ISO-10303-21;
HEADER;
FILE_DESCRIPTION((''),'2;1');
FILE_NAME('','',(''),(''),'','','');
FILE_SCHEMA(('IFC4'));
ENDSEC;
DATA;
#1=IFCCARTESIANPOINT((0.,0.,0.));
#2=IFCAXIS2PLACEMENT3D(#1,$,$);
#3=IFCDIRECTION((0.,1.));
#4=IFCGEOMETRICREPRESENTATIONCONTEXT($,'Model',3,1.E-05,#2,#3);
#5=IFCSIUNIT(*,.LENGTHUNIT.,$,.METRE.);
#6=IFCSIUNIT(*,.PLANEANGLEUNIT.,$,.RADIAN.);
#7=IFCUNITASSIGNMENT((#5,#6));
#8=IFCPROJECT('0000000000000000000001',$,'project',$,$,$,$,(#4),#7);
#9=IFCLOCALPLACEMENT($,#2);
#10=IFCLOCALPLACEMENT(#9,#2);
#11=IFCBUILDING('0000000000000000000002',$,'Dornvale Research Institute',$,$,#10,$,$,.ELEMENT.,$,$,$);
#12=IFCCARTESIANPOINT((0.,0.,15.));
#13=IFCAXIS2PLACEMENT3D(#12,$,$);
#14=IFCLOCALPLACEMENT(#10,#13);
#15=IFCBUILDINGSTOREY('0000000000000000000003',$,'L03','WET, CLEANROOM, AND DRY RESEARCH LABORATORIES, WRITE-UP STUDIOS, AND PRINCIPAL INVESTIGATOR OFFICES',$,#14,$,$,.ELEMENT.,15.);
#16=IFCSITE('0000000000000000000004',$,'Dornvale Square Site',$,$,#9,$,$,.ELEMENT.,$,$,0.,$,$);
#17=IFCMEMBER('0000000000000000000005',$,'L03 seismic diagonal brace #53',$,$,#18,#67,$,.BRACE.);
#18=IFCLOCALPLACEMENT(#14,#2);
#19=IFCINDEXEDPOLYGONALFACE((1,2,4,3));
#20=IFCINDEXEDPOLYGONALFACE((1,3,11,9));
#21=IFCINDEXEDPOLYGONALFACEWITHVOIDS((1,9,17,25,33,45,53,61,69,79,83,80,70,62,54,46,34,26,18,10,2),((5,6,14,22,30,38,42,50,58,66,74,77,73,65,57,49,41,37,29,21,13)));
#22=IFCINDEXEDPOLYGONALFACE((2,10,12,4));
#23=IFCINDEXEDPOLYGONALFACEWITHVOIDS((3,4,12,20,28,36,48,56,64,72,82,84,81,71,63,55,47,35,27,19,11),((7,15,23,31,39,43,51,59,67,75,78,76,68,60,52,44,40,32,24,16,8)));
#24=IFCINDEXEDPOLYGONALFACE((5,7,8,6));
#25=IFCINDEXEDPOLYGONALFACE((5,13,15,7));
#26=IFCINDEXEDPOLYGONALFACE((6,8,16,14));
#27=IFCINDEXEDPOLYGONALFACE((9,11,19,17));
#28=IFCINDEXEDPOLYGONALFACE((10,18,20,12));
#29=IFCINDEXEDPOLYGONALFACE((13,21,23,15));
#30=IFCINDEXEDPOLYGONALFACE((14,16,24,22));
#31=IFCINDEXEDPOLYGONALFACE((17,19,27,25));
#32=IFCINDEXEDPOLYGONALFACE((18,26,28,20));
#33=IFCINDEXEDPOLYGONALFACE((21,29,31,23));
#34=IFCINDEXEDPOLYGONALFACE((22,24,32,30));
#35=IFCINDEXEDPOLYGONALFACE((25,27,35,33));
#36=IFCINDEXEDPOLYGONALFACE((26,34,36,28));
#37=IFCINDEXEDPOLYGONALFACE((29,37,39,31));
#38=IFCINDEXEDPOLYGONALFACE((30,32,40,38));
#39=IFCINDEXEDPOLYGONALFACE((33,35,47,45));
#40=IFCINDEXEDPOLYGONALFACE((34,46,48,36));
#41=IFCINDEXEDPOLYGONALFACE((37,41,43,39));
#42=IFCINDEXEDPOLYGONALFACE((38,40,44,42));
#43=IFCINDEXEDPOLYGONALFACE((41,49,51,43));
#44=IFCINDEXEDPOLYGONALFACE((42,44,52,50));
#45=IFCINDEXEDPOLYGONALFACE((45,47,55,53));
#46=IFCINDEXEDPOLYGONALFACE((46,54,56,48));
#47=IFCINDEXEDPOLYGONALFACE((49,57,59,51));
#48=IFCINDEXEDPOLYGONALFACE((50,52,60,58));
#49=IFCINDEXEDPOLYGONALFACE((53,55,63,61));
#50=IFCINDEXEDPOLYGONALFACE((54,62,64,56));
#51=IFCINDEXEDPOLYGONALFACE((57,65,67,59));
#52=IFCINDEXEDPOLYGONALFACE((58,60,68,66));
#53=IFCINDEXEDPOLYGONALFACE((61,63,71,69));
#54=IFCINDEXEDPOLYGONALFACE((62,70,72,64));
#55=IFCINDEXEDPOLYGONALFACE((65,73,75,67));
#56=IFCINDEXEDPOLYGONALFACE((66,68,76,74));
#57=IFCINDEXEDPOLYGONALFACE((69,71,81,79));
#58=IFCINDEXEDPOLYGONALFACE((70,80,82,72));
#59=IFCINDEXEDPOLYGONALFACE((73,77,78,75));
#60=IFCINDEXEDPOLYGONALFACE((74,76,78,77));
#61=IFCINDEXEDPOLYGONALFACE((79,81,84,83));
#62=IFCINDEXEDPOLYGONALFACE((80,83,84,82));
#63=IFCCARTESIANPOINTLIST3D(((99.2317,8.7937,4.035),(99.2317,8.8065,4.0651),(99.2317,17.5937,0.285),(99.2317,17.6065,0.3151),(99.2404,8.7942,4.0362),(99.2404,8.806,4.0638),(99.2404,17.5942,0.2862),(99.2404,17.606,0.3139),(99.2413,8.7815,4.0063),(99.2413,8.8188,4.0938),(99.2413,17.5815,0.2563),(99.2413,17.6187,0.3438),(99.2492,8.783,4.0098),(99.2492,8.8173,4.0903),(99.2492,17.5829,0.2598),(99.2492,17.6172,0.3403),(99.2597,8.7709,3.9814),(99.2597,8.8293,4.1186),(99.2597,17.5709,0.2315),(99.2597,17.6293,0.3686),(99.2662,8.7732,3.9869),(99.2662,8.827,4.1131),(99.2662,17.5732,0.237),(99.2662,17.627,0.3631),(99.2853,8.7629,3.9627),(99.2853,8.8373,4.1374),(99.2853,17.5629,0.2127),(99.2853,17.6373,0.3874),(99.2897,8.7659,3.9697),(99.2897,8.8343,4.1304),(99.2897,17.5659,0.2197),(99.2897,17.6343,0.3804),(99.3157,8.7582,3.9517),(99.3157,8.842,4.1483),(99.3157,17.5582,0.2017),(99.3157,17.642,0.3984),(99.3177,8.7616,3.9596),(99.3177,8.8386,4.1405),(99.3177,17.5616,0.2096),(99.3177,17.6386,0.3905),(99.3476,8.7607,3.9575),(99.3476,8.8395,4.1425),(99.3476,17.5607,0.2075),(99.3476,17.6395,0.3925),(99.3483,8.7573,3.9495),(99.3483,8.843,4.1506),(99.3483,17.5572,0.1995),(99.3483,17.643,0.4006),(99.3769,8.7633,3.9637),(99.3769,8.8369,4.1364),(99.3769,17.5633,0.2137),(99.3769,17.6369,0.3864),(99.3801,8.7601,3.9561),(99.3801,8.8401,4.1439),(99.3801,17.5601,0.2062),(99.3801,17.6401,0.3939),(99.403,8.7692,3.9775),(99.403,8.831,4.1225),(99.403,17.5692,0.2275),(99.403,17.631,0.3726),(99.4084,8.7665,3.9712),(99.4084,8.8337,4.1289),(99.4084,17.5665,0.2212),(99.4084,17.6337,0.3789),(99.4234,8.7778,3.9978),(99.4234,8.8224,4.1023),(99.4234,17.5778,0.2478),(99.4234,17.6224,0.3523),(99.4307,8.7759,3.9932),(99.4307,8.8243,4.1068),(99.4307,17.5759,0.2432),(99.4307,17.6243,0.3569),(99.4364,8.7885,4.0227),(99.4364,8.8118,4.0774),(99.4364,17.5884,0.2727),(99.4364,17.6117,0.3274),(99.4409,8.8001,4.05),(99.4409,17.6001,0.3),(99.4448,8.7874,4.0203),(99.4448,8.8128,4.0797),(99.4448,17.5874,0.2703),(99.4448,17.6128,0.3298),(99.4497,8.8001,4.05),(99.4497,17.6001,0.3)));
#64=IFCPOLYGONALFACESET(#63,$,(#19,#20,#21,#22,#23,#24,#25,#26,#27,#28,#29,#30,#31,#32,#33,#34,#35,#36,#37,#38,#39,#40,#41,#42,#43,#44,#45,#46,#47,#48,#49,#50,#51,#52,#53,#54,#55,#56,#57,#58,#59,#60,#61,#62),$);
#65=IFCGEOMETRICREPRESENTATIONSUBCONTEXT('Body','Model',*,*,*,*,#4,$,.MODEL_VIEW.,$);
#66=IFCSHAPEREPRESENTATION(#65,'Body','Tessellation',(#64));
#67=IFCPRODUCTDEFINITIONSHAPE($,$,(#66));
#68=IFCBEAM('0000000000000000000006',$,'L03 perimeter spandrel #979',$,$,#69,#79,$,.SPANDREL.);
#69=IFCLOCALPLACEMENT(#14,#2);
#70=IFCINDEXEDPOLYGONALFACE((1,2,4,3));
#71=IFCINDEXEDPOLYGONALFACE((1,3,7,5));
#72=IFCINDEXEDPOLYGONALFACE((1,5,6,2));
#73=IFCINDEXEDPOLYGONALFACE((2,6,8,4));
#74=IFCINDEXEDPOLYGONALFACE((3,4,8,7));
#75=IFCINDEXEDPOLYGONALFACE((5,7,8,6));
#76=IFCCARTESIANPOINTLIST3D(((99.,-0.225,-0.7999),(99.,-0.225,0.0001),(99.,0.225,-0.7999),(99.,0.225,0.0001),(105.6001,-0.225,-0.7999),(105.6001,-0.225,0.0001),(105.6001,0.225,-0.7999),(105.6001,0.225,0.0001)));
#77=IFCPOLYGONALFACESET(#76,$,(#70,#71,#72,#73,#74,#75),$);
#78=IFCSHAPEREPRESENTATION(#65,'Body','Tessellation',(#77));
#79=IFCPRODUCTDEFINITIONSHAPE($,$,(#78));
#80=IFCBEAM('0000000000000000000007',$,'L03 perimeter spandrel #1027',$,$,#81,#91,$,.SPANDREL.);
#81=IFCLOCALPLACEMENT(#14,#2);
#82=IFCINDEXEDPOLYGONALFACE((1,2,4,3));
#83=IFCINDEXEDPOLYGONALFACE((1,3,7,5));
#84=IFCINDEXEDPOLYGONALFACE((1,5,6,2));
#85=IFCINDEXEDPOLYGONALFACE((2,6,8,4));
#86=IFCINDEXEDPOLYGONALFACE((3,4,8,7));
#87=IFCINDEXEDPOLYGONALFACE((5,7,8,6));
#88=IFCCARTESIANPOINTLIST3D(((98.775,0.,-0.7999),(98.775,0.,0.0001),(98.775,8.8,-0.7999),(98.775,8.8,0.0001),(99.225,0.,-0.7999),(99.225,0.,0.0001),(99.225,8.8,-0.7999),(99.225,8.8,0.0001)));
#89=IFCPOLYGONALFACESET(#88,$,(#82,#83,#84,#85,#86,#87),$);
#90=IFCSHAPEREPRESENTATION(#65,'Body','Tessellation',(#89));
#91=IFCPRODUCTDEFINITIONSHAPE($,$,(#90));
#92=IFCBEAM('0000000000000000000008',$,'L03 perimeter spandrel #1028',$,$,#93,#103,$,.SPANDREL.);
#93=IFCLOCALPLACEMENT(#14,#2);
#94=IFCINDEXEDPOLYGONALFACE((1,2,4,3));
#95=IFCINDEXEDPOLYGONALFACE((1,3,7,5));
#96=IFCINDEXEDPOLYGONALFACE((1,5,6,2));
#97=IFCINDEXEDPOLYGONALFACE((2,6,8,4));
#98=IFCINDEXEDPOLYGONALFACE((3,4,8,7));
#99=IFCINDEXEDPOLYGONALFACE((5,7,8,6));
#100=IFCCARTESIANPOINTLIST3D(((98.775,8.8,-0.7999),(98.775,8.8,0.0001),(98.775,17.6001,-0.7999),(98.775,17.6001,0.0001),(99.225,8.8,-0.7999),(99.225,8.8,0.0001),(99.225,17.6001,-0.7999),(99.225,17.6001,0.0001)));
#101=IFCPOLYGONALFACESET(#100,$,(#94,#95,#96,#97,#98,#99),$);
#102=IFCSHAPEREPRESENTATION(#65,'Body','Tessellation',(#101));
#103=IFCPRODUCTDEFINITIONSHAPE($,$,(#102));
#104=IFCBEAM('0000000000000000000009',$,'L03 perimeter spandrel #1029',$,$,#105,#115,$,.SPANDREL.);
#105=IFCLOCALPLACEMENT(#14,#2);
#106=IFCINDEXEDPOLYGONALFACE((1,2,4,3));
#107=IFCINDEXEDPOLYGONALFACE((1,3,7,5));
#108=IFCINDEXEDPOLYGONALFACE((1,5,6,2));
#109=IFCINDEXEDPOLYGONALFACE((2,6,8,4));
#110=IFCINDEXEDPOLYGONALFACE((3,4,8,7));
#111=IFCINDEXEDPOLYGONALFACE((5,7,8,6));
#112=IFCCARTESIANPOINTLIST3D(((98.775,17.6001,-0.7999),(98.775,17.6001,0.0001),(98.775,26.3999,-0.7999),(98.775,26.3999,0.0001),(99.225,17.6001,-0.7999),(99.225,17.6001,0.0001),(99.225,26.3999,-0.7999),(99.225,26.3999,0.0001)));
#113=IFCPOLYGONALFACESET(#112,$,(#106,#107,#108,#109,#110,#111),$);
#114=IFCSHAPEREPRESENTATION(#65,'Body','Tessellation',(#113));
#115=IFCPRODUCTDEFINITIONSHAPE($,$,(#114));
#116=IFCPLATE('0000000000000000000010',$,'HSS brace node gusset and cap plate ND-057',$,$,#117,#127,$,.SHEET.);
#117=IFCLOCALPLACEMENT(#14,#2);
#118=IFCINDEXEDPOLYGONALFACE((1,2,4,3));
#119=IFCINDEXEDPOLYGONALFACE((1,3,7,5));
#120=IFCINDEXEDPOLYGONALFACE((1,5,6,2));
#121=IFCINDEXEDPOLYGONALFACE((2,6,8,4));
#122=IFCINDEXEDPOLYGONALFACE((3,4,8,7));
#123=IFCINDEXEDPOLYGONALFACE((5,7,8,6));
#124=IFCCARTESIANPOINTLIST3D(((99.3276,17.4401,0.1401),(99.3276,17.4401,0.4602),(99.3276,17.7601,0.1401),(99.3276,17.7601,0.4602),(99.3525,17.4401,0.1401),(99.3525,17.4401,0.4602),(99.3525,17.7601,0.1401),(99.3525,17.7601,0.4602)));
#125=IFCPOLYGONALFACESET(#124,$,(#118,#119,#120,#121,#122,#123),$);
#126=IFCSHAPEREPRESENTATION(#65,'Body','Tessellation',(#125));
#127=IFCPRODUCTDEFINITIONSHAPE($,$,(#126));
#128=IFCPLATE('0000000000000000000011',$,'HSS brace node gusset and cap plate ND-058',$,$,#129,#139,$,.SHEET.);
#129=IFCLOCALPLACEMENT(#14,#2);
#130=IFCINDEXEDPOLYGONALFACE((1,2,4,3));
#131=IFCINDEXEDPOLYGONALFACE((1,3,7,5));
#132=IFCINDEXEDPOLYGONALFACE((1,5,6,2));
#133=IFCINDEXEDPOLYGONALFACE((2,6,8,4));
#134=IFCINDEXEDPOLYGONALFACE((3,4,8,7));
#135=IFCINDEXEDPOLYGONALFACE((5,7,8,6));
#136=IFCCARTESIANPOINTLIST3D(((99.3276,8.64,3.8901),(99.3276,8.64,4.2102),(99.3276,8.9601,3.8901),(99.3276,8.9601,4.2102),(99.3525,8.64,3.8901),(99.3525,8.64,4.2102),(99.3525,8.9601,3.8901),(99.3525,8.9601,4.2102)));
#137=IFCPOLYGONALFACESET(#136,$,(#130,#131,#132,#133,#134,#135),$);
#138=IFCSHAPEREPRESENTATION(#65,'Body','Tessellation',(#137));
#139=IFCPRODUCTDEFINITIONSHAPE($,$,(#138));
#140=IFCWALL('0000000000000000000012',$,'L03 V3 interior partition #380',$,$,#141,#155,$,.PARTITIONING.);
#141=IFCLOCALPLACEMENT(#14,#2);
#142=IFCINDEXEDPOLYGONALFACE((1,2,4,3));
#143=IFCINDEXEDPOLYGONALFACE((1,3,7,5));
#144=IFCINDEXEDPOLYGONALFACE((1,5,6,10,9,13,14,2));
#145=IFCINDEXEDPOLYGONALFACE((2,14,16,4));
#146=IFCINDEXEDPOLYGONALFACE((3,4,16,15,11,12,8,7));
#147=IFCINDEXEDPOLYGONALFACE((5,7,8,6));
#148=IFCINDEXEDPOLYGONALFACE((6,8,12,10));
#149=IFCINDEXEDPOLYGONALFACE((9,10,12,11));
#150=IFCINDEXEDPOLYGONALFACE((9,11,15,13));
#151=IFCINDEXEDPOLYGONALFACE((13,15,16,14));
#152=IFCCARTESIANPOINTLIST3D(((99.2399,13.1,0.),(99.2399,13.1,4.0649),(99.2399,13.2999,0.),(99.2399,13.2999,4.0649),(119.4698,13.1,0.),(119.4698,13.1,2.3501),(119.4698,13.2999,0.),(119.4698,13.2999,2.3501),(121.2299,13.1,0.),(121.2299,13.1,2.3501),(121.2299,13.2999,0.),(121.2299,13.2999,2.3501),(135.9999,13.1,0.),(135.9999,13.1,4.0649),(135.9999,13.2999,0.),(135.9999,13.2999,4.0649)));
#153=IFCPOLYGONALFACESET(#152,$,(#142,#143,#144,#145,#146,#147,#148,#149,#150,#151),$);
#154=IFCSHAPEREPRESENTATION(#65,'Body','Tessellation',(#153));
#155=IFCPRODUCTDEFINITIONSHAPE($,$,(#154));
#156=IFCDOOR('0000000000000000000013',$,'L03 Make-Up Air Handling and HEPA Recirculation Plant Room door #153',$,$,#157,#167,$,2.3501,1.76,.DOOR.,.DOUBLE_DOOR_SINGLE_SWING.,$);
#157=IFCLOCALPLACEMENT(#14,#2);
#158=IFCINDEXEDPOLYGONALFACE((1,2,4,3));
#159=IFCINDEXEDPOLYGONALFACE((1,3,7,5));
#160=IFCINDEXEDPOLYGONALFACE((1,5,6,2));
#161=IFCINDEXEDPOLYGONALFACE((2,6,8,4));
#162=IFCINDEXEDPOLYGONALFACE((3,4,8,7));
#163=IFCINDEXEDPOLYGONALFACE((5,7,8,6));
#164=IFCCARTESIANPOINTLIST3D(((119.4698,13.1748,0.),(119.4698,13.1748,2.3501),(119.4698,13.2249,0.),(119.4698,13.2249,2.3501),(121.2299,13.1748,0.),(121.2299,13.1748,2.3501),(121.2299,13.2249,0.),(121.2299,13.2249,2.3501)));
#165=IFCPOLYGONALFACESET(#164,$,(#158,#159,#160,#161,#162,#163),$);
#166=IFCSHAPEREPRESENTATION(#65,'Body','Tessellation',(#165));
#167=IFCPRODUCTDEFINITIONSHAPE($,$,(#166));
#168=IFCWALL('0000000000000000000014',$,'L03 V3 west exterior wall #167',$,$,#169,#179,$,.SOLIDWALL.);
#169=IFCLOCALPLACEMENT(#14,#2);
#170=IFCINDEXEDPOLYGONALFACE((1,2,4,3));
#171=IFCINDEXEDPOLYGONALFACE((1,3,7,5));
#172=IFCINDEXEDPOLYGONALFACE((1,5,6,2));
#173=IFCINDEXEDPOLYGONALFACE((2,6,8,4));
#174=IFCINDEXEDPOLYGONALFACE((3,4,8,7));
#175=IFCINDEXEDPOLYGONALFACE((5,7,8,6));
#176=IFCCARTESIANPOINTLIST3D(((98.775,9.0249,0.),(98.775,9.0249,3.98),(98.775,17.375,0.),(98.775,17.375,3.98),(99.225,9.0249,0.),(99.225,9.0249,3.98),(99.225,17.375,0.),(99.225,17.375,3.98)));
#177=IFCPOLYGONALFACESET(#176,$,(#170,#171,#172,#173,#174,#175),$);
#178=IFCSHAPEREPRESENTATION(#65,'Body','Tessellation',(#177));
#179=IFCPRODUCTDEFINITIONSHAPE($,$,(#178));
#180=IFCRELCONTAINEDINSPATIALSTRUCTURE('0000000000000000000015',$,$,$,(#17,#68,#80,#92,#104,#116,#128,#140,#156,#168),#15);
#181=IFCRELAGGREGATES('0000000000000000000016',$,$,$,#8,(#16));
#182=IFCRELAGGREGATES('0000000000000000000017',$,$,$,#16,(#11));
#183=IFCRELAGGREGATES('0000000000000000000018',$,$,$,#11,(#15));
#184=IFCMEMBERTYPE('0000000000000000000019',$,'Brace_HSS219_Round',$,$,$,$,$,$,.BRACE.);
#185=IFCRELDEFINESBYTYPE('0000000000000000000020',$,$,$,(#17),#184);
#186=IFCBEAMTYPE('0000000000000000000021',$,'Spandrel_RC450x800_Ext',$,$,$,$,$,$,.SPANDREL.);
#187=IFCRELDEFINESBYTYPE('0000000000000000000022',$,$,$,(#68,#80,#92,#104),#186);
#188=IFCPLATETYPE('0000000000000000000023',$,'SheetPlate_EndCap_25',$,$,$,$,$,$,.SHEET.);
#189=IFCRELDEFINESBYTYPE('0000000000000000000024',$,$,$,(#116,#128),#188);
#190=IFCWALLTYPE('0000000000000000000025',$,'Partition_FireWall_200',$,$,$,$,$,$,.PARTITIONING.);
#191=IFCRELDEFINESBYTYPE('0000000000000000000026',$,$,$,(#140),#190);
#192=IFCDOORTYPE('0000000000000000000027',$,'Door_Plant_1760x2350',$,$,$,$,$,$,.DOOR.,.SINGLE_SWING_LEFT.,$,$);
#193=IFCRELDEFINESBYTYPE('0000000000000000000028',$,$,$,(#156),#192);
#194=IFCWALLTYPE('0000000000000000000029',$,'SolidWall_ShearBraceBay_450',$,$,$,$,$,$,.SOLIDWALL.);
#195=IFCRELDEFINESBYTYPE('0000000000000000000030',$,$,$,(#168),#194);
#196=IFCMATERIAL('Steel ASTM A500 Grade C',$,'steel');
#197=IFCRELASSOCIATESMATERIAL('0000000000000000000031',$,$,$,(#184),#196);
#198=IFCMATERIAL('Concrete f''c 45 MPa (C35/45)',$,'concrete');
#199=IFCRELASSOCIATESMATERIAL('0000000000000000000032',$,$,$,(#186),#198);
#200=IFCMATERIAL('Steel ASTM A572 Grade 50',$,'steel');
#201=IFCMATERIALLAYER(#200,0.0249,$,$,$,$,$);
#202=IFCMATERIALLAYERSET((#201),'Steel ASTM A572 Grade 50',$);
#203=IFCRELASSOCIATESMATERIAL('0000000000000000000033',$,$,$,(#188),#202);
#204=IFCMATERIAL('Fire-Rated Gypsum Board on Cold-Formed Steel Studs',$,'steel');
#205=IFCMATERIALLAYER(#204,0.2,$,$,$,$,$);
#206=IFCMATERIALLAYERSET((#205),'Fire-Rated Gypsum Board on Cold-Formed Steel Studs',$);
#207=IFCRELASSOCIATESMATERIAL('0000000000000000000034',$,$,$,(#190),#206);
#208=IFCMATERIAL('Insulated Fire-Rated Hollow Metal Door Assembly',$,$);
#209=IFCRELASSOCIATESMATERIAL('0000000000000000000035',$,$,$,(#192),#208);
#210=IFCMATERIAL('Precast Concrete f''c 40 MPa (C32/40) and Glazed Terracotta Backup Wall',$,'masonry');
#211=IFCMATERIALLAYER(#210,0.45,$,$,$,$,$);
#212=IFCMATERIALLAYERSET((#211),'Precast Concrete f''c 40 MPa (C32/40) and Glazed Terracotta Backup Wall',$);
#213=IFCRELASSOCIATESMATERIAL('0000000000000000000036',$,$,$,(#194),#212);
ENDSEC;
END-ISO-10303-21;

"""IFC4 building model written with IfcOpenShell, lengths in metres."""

from ifc_helpers import new_model, si_unit, direction, frame, frame_2d, origin, origin_2d, place, context, subcontext, project, spatial, rectangle, hollow_circle, extrude, material, layer, layer_set, material_profile, profile_set, type_object, element, fill, save


model = new_model("IFC4")

# Units and contexts
model_context = context("Model", 3, precision=1e-05, world=origin(), true_north=direction((0.0, 1.0)))
body_context = subcontext(model_context, "Body", "Model", "MODEL_VIEW")
ifc_project = project(units=[si_unit("LENGTHUNIT", "METRE"), si_unit("PLANEANGLEUNIT", "RADIAN")], contexts=[model_context])

# Site, building, storey
site_placement = place(None, origin())
site = spatial("IfcSite", under=ifc_project, at=site_placement, Name="Dornvale Square Site", CompositionType="ELEMENT", RefElevation=0.0)
building_placement = place(site_placement, origin())
building = spatial("IfcBuilding", under=site, at=building_placement, Name="Dornvale Research Institute", CompositionType="ELEMENT")
storey_placement = place(building_placement, frame((0.0, 0.0, 15.0)))
storey = spatial("IfcBuildingStorey", under=building, at=storey_placement, Name="L03", Description="WET, CLEANROOM, AND DRY RESEARCH LABORATORIES, WRITE-UP STUDIOS, AND PRINCIPAL INVESTIGATOR OFFICES", CompositionType="ELEMENT", Elevation=15.0)

# Member
ifc_material_1 = material(Name="Steel ASTM A500 Grade C", Category="steel")
ifc_material_profile_1 = material_profile(ifc_material_1, hollow_circle(Radius=0.1096, WallThickness=0.0088, at=origin_2d()), Name="HSS219X9.5")
ifc_profile_set_1 = profile_set([ifc_material_profile_1], Name="Steel ASTM A500 Grade C")
member_type = type_object("IfcMemberType", Name="Brace_HSS219_Round", PredefinedType="BRACE", material=ifc_profile_set_1)
member_placement = place(storey_placement, frame((99.3401, 17.6001, 0.3), z_axis=(0.0, -0.919955, 0.392024), x_axis=(1.0, 0.0, 0.0)))
element("IfcMember", 1, at=member_placement, inside=storey, type_object=member_type, Name="L03 seismic diagonal brace #53", PredefinedType="BRACE", context=body_context, shape_type="SweptSolid", body=[
    extrude(hollow_circle(Radius=0.1096, WallThickness=0.0088, at=origin_2d()), origin(), (0.0, 0.0, 1.0), 9.5657),
])

# Beams
ifc_material_2 = material(Name="Concrete f'c 45 MPa (C35/45)", Category="concrete")
ifc_material_profile_2 = material_profile(ifc_material_2, rectangle(XDim=0.45, YDim=0.8, at=origin_2d()), Name="RC 450x800")
ifc_profile_set_2 = profile_set([ifc_material_profile_2], Name="Concrete f'c 45 MPa (C35/45)")
beam_type_1 = type_object("IfcBeamType", Name="Spandrel_RC450x800_Ext", PredefinedType="SPANDREL", material=ifc_profile_set_2)
beam_1_placement = place(storey_placement, frame((99.0, 0.0, -0.3999), z_axis=(1.0, 0.0, 0.0), x_axis=(0.0, 1.0, 0.0)))
element("IfcBeam", 2, at=beam_1_placement, inside=storey, type_object=beam_type_1, Name="L03 perimeter spandrel #979", PredefinedType="SPANDREL", context=body_context, shape_type="SweptSolid", body=[
    extrude(rectangle(XDim=0.45, YDim=0.8, at=origin_2d()), origin(), (0.0, 0.0, 1.0), 6.6001),
])
for number, where, z_axis, x_axis, name in (
    (3, (99.0, 0.0, -0.3999), (0.0, 1.0, 0.0), (-1.0, 0.0, 0.0), "L03 perimeter spandrel #1027"),
    (4, (99.0, 8.8, -0.3999), (0.0, 1.0, 0.0), (-1.0, 0.0, 0.0), "L03 perimeter spandrel #1028"),
):
    element("IfcBeam", number, at=place(storey_placement, frame(where, z_axis=z_axis, x_axis=x_axis)), inside=storey, type_object=beam_type_1, Name=name, PredefinedType="SPANDREL", context=body_context, shape_type="SweptSolid", body=[
        extrude(rectangle(XDim=0.45, YDim=0.8, at=origin_2d()), origin(), (0.0, 0.0, 1.0), 8.8),
    ])
beam_2_placement = place(storey_placement, frame((99.0, 17.6001, -0.3999), z_axis=(0.0, 1.0, 0.0), x_axis=(-1.0, 0.0, 0.0)))
element("IfcBeam", 5, at=beam_2_placement, inside=storey, type_object=beam_type_1, Name="L03 perimeter spandrel #1029", PredefinedType="SPANDREL", context=body_context, shape_type="SweptSolid", body=[
    extrude(rectangle(XDim=0.45, YDim=0.8, at=origin_2d()), origin(), (0.0, 0.0, 1.0), 8.7998),
])

# Plates
ifc_material_3 = material(Name="Steel ASTM A572 Grade 50", Category="steel")
ifc_layer_1 = layer(ifc_material_3, 0.0249)
ifc_layer_set_1 = layer_set([ifc_layer_1], Name="Steel ASTM A572 Grade 50")
plate_type = type_object("IfcPlateType", Name="SheetPlate_EndCap_25", PredefinedType="SHEET", material=ifc_layer_set_1)
for number, where, z_axis, x_axis, name in (
    (6, (99.3401, 17.6001, 0.1401), (0.0, 0.0, 1.0), (0.0, 1.0, 0.0), "HSS brace node gusset and cap plate ND-057"),
    (7, (99.3401, 8.8, 3.8901), (0.0, 0.0, 1.0), (0.0, 1.0, 0.0), "HSS brace node gusset and cap plate ND-058"),
):
    element("IfcPlate", number, at=place(storey_placement, frame(where, z_axis=z_axis, x_axis=x_axis)), inside=storey, type_object=plate_type, Name=name, PredefinedType="SHEET", context=body_context, shape_type="SweptSolid", body=[
        extrude(rectangle(XDim=0.3201, YDim=0.0249, at=origin_2d()), origin(), (0.0, 0.0, 1.0), 0.3201),
    ])

# Wall, opening, door
ifc_material_4 = material(Name="Fire-Rated Gypsum Board on Cold-Formed Steel Studs", Category="steel")
ifc_layer_2 = layer(ifc_material_4, 0.2)
ifc_layer_set_2 = layer_set([ifc_layer_2], Name="Fire-Rated Gypsum Board on Cold-Formed Steel Studs")
wall_type_1 = type_object("IfcWallType", Name="Partition_FireWall_200", PredefinedType="PARTITIONING", material=ifc_layer_set_2)
wall_1_placement = place(storey_placement, frame((99.24, 13.2, 0.0), z_axis=(0.0, 0.0, 1.0), x_axis=(1.0, 0.0, 0.0)))
wall_1 = element("IfcWall", 8, at=wall_1_placement, inside=storey, type_object=wall_type_1, Name="L03 V3 interior partition #380", PredefinedType="PARTITIONING", context=body_context, shape_type="SweptSolid", body=[
    extrude(rectangle(XDim=36.76, YDim=0.2, at=frame_2d((18.3799, 0.0))), origin(), (0.0, 0.0, 1.0), 4.0649),
])
opening_1_placement = place(wall_1_placement, frame((20.23, 0.0, 0.0)))
opening_1 = element("IfcOpeningElement", 9, at=opening_1_placement, cuts=wall_1, PredefinedType="OPENING", context=body_context, shape_type="SweptSolid", body=[
    extrude(rectangle(XDim=1.76, YDim=2.3501, at=frame_2d((0.8799, 1.175))), frame((0.0, 0.115, 0.0), z_axis=(0.0, -1.0, 0.0), x_axis=(1.0, 0.0, 0.0)), (0.0, 0.0, 1.0), 0.23),
])
ifc_material_5 = material(Name="Insulated Fire-Rated Hollow Metal Door Assembly")
door_type = type_object("IfcDoorType", Name="Door_Plant_1760x2350", OperationType="SINGLE_SWING_LEFT", PredefinedType="DOOR", material=ifc_material_5)
door_placement = place(opening_1_placement, origin())
door = element("IfcDoor", 10, at=door_placement, inside=storey, type_object=door_type, Name="L03 Make-Up Air Handling and HEPA Recirculation Plant Room door #153", OperationType="DOUBLE_DOOR_SINGLE_SWING", OverallHeight=2.3501, OverallWidth=1.76, PredefinedType="DOOR", context=body_context, shape_type="SweptSolid", body=[
    extrude(rectangle(XDim=1.76, YDim=2.3501, at=frame_2d((0.8799, 1.175))), frame((0.0, 0.0249, 0.0), z_axis=(0.0, -1.0, 0.0), x_axis=(1.0, 0.0, 0.0)), (0.0, 0.0, 1.0), 0.05),
])
fill(opening_1, door)

# Wall
ifc_material_6 = material(Name="Precast Concrete f'c 40 MPa (C32/40) and Glazed Terracotta Backup Wall", Category="masonry")
ifc_layer_3 = layer(ifc_material_6, 0.45)
ifc_layer_set_3 = layer_set([ifc_layer_3], Name="Precast Concrete f'c 40 MPa (C32/40) and Glazed Terracotta Backup Wall")
wall_type_2 = type_object("IfcWallType", Name="SolidWall_ShearBraceBay_450", PredefinedType="SOLIDWALL", material=ifc_layer_set_3)
wall_2_placement = place(storey_placement, frame((99.0, 9.0249, 0.0), z_axis=(0.0, 0.0, 1.0), x_axis=(0.0, 1.0, 0.0)))
element("IfcWall", 11, at=wall_2_placement, inside=storey, type_object=wall_type_2, Name="L03 V3 west exterior wall #167", PredefinedType="SOLIDWALL", context=body_context, shape_type="SweptSolid", body=[
    extrude(rectangle(XDim=8.3501, YDim=0.45, at=frame_2d((4.175, 0.0))), origin(), (0.0, 0.0, 1.0), 3.98),
])

save(model, "model.ifc")
